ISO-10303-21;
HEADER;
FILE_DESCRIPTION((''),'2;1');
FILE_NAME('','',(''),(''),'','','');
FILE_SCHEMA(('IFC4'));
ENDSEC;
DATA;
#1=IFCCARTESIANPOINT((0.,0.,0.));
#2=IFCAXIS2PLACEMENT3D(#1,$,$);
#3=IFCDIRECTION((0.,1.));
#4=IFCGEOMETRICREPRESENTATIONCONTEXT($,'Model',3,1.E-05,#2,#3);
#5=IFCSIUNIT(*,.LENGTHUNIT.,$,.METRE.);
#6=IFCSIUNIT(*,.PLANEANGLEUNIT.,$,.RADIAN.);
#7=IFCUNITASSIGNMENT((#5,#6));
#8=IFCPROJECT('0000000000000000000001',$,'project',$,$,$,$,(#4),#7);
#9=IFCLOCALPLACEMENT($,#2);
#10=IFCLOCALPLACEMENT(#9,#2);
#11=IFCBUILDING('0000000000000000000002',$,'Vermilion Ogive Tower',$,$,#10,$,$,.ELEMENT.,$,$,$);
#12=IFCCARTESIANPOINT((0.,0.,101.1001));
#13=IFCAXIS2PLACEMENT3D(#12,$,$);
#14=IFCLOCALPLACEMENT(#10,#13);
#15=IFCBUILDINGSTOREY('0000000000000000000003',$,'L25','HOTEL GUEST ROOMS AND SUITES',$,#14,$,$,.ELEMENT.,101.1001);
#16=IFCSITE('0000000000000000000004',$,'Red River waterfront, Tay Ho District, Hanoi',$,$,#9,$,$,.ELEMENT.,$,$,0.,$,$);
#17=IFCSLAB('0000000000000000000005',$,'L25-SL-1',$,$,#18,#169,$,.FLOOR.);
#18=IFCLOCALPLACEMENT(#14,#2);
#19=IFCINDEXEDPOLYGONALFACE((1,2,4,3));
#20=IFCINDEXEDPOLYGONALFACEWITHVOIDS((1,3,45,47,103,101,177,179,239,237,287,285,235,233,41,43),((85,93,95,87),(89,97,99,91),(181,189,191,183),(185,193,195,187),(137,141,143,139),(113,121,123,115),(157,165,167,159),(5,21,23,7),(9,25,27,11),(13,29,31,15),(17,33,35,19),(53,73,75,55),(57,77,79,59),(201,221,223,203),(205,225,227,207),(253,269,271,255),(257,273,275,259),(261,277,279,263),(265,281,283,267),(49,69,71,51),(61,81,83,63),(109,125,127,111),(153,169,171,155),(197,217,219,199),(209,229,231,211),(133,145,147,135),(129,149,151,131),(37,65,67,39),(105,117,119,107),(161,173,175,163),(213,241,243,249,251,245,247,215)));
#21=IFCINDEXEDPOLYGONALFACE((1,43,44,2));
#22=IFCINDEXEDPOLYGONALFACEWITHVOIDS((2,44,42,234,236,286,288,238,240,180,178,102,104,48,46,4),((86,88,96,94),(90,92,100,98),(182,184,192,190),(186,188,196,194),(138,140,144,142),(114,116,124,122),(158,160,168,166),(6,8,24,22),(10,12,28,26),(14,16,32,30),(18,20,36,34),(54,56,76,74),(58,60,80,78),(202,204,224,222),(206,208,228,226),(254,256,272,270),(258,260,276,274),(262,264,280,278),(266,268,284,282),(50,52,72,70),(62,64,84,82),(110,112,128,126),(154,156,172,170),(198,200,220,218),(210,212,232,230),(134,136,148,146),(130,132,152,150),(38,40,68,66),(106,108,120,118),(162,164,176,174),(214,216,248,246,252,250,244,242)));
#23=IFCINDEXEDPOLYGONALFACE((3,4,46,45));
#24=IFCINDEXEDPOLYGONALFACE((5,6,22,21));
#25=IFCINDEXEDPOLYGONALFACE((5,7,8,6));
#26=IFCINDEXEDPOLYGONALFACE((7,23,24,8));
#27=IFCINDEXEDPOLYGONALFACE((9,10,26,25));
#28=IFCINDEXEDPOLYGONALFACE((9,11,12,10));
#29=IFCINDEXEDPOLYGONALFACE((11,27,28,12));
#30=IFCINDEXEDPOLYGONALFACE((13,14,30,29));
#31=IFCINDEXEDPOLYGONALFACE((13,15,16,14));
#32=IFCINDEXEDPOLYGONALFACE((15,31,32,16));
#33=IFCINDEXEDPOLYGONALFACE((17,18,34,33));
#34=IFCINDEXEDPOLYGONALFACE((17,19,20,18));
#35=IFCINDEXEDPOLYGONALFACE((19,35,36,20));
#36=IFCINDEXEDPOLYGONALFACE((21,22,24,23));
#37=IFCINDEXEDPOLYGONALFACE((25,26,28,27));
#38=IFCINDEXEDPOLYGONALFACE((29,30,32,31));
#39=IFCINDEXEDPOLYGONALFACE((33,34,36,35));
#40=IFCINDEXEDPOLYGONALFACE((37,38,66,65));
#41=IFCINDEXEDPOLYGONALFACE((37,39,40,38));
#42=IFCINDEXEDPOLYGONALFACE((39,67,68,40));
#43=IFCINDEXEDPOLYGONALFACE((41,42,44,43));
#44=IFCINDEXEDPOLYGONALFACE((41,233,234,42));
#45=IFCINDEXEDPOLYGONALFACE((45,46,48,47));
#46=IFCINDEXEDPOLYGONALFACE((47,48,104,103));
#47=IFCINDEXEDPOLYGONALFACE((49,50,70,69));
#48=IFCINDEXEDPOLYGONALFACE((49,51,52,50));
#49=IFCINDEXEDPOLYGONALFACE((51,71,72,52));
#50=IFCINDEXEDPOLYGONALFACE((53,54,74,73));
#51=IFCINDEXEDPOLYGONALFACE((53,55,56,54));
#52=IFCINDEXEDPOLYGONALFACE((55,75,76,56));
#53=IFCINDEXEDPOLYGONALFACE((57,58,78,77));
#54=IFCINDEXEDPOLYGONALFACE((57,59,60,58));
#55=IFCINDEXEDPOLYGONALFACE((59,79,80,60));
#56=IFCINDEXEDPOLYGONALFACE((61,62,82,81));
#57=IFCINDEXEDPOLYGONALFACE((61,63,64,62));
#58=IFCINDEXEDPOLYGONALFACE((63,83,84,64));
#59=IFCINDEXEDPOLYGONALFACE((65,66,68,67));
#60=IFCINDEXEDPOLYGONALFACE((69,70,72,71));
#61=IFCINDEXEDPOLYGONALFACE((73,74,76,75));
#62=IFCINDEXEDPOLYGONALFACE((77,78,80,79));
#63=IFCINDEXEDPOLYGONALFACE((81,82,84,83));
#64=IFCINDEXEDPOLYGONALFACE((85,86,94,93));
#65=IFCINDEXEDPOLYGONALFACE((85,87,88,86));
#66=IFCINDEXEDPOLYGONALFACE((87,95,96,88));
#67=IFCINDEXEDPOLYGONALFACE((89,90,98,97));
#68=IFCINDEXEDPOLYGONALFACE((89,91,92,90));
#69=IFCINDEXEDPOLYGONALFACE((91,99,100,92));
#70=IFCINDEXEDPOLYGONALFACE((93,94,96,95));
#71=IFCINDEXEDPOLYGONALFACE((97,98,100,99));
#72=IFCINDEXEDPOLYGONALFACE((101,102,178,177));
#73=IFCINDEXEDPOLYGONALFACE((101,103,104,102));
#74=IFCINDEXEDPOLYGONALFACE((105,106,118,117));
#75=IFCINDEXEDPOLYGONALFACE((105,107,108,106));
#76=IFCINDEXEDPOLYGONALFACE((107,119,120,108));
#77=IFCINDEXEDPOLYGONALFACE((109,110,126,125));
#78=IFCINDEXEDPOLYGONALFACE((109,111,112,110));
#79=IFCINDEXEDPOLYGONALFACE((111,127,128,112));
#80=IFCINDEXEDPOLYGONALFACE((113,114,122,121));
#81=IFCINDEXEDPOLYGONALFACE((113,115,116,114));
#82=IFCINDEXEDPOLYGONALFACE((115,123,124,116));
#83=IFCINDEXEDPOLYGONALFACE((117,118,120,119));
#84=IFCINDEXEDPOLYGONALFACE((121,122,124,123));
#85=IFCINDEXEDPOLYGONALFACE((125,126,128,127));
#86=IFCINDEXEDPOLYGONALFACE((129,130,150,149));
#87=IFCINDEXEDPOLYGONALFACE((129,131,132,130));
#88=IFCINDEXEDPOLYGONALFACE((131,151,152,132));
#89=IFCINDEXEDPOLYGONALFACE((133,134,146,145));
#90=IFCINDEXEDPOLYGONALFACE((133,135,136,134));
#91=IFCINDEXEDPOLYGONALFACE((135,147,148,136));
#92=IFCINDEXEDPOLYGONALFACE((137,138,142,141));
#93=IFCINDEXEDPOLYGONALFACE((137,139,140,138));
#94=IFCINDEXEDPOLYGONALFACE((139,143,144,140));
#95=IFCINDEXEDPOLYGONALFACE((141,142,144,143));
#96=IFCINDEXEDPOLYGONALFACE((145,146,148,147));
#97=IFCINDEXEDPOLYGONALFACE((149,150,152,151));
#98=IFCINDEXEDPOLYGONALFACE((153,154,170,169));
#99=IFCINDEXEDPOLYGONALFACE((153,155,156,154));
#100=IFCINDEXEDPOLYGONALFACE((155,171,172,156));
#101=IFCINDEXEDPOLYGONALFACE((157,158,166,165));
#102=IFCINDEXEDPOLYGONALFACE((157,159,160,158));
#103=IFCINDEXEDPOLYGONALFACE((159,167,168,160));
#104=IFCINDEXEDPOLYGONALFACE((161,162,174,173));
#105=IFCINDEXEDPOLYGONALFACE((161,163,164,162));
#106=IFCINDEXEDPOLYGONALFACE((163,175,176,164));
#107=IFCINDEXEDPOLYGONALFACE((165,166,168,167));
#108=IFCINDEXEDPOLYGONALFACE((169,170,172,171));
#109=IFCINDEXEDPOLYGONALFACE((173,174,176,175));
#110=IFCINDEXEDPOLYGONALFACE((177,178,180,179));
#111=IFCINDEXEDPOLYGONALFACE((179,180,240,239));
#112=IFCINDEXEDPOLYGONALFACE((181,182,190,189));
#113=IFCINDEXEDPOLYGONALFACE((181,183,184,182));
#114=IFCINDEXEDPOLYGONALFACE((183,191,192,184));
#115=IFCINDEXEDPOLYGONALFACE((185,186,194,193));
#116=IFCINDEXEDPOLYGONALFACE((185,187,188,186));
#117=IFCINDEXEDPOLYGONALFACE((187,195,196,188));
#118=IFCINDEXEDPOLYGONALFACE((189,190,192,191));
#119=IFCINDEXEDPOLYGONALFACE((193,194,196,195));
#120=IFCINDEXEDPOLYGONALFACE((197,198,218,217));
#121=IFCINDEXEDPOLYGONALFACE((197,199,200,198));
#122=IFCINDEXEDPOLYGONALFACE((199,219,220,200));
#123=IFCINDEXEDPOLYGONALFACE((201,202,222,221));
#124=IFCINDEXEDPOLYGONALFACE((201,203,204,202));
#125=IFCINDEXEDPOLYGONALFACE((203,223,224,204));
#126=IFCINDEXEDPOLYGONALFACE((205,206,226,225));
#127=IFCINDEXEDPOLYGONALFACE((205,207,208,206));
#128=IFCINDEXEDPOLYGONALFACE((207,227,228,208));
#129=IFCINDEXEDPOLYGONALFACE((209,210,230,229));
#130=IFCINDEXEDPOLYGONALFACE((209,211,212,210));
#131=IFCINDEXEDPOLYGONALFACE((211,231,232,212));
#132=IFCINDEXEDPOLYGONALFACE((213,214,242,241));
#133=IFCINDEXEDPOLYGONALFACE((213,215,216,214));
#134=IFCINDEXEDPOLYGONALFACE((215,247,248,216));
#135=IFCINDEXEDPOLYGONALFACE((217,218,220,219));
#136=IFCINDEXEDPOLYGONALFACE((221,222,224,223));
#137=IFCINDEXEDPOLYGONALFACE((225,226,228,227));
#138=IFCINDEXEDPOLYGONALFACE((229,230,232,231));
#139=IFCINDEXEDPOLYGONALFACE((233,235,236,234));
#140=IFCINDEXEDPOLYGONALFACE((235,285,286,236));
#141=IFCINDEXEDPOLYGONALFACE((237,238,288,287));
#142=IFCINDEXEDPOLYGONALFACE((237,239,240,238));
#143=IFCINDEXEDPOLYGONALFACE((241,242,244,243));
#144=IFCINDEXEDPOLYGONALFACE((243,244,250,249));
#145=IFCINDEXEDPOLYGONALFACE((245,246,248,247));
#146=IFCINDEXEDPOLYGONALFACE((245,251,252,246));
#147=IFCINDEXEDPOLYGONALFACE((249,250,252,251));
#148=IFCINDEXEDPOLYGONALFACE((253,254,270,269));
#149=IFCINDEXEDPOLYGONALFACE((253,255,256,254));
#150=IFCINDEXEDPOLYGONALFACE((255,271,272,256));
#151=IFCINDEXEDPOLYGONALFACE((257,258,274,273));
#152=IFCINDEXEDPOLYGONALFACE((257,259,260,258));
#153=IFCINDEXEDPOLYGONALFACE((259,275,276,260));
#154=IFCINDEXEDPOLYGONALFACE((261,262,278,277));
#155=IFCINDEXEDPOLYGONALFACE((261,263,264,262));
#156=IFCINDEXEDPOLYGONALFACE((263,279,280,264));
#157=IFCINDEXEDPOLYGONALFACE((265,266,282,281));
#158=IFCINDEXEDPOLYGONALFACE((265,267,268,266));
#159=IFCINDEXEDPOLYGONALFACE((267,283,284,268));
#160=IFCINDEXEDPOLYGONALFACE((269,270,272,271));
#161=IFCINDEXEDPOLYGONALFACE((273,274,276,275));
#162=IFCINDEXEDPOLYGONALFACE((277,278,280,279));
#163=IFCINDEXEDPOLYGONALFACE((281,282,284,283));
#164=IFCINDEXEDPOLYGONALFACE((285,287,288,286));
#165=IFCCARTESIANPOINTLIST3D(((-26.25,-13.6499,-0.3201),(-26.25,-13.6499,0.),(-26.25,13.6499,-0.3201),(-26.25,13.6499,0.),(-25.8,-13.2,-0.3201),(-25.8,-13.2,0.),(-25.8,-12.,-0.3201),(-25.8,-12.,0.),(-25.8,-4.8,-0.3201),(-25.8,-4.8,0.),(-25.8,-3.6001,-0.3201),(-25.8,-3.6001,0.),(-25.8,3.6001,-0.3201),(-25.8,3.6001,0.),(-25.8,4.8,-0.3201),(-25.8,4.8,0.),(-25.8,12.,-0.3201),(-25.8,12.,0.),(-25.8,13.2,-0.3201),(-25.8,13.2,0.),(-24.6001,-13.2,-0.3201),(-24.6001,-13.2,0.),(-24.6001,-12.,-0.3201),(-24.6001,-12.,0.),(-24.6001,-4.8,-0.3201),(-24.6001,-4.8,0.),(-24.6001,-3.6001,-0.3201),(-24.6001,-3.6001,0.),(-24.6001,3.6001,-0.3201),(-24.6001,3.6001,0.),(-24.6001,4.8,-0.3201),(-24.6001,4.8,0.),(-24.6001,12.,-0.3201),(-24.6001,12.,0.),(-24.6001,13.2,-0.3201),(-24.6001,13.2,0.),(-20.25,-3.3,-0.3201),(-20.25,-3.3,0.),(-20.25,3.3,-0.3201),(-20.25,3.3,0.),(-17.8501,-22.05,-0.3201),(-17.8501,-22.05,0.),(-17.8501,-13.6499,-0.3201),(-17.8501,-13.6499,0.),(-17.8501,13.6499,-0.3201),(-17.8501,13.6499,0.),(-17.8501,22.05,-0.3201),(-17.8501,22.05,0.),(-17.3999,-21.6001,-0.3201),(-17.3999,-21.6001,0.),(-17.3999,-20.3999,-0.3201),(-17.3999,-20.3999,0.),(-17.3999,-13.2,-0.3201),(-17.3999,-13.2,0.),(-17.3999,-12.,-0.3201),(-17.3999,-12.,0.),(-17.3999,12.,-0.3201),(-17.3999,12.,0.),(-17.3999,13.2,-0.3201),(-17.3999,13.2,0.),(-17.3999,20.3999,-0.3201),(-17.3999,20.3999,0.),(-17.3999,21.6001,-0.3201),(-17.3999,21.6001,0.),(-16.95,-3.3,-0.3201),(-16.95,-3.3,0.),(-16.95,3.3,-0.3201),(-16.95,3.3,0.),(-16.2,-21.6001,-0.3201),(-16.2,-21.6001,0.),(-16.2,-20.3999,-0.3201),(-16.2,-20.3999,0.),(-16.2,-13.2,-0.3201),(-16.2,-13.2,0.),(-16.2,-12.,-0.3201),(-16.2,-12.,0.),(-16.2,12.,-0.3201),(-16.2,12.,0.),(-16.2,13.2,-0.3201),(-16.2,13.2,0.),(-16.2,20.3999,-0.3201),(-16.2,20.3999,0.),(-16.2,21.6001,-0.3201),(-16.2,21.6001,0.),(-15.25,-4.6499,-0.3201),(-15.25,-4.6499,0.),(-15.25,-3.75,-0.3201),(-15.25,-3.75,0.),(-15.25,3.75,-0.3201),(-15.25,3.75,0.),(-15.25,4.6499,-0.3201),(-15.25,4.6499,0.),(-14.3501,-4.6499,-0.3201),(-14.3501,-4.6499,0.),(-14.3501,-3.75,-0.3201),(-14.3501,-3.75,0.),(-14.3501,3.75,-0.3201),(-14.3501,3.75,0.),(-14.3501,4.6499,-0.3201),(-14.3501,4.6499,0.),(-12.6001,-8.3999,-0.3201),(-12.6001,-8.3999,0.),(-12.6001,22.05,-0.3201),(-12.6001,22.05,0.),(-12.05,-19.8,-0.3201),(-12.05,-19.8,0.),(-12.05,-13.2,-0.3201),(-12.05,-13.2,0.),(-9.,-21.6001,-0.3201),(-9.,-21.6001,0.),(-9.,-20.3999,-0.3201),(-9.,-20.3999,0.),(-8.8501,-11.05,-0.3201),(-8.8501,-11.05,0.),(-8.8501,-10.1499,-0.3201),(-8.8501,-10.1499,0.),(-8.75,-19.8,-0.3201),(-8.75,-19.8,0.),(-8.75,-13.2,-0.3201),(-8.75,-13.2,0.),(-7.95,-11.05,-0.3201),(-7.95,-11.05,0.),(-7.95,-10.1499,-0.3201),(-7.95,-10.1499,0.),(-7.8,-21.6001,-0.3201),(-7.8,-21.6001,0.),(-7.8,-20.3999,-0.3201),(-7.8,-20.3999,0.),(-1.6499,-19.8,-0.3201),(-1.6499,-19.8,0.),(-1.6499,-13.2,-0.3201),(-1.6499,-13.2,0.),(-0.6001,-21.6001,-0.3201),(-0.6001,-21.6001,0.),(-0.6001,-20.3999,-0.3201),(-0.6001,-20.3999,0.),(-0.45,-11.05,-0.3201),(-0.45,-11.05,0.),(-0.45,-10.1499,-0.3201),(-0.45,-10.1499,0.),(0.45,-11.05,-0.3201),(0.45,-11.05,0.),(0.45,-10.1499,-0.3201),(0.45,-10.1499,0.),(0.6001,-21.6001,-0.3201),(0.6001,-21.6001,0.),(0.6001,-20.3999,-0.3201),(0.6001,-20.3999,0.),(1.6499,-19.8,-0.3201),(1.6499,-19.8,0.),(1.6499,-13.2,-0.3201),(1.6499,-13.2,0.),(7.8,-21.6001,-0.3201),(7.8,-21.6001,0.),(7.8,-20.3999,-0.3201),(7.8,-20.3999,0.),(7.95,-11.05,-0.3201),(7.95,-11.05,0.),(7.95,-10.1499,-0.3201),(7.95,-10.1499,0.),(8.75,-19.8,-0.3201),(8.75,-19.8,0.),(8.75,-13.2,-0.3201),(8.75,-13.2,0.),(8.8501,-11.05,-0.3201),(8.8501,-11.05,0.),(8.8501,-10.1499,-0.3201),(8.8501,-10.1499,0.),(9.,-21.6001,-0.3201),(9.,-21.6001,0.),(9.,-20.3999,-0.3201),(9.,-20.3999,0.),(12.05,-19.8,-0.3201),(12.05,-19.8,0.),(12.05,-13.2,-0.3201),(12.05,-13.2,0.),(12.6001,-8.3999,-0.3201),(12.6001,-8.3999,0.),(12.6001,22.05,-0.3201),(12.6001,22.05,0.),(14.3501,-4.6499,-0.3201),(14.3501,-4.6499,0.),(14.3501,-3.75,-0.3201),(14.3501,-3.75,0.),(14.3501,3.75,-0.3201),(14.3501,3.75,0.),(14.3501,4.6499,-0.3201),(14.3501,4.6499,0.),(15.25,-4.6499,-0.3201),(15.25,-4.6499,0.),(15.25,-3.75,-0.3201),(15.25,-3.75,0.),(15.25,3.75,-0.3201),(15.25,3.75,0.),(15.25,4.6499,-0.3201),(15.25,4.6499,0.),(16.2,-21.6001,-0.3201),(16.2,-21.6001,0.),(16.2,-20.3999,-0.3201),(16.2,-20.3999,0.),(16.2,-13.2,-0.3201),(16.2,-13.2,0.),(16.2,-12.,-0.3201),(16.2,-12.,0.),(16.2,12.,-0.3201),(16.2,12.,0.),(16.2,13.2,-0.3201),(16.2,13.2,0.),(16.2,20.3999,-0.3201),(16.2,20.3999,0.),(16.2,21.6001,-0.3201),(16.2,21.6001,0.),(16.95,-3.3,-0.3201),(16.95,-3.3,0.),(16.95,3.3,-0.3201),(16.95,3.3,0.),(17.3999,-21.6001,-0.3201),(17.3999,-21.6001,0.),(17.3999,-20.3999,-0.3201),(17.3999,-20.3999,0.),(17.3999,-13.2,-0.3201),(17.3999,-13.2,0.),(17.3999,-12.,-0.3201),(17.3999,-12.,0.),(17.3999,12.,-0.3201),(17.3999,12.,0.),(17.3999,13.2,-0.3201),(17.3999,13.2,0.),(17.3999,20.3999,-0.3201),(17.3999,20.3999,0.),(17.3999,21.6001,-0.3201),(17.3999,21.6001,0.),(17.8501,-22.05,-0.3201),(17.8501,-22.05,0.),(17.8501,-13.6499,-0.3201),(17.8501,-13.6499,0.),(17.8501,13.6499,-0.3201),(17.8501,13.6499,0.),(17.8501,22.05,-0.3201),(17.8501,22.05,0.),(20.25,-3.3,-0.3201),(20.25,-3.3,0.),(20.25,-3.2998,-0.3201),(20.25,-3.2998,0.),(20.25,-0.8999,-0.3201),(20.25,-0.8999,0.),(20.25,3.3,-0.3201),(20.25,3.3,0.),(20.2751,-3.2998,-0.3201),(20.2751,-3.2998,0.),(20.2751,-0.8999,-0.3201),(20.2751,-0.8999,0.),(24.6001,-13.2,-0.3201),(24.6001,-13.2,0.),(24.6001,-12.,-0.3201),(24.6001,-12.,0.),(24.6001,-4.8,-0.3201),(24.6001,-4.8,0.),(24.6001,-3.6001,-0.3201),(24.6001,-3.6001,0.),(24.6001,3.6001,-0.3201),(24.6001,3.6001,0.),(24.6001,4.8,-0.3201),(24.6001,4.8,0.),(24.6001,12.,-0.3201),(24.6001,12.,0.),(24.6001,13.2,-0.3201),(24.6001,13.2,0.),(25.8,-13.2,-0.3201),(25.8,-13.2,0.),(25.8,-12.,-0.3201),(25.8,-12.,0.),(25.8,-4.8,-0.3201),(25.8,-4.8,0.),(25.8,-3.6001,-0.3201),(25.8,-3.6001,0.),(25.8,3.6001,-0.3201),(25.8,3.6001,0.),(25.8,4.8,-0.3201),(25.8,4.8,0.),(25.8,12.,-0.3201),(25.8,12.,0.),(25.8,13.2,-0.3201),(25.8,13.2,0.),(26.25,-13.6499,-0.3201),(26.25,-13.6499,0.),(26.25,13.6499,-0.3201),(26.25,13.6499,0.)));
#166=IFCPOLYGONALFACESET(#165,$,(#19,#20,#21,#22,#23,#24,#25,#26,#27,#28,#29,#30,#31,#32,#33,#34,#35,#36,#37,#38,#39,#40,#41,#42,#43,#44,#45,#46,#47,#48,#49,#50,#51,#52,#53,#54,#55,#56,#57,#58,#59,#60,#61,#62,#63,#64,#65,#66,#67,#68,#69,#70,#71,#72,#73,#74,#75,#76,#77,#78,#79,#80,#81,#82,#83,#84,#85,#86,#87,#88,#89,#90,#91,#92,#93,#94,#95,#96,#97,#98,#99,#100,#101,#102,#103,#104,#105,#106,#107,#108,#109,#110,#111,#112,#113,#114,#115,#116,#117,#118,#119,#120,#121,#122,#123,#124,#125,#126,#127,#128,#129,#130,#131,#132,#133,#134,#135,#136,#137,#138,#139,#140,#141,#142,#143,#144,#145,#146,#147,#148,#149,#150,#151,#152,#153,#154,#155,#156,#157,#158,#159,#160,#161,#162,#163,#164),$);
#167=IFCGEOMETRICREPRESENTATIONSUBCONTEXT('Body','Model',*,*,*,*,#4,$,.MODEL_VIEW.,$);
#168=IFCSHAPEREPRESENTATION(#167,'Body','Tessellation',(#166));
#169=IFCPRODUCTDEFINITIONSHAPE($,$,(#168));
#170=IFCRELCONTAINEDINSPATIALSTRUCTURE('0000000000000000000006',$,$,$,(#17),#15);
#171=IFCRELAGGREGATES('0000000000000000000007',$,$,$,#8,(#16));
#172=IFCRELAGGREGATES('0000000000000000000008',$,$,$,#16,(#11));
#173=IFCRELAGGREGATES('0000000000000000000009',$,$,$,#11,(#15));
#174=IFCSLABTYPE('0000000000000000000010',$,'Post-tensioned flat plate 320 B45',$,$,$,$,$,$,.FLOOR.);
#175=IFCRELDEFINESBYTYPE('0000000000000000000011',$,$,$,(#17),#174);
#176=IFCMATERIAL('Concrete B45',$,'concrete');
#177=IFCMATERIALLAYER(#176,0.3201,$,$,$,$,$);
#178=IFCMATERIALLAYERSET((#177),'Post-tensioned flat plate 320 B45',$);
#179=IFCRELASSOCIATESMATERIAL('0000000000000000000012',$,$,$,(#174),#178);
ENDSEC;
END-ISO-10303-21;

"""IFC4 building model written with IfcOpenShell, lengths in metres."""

from ifc_helpers import new_model, si_unit, direction, frame, origin, place, context, subcontext, project, spatial, polyline, outline, extrude, material, layer, layer_set, type_object, element, save


model = new_model("IFC4")

# Units and contexts
model_context = context("Model", 3, precision=1e-05, world=origin(), true_north=direction((0.0, 1.0)))
body_context = subcontext(model_context, "Body", "Model", "MODEL_VIEW")
ifc_project = project(units=[si_unit("LENGTHUNIT", "METRE"), si_unit("PLANEANGLEUNIT", "RADIAN")], contexts=[model_context])

# Site, building, storey
site_placement = place(None, origin())
site = spatial("IfcSite", under=ifc_project, at=site_placement, Name="Red River waterfront, Tay Ho District, Hanoi", CompositionType="ELEMENT", RefElevation=0.0)
building_placement = place(site_placement, origin())
building = spatial("IfcBuilding", under=site, at=building_placement, Name="Vermilion Ogive Tower", CompositionType="ELEMENT")
storey_placement = place(building_placement, frame((0.0, 0.0, 101.1001)))
storey = spatial("IfcBuildingStorey", under=building, at=storey_placement, Name="L25", Description="HOTEL GUEST ROOMS AND SUITES", CompositionType="ELEMENT", Elevation=101.1001)

# Slab
ifc_material_1 = material(Name="Concrete B45", Category="concrete")
ifc_layer_1 = layer(ifc_material_1, 0.3201)
ifc_layer_set_1 = layer_set([ifc_layer_1], Name="Post-tensioned flat plate 320 B45")
slab_type = type_object("IfcSlabType", Name="Post-tensioned flat plate 320 B45", PredefinedType="FLOOR", material=ifc_layer_set_1)
slab_placement = place(storey_placement, frame((0.0, 0.0, -0.3201)))
element("IfcSlab", 1, at=slab_placement, inside=storey, type_object=slab_type, Name="L25-SL-1", PredefinedType="FLOOR", context=body_context, shape_type="SweptSolid", body=[
    extrude(outline(polyline([(-26.25, -13.6499), (-17.8501, -13.6499), (-17.8501, -22.05), (17.8501, -22.05), (17.8501, -13.6499), (26.25, -13.6499), (26.25, 13.6499), (17.8501, 13.6499), (17.8501, 22.05), (12.6001, 22.05), (12.6001, -8.3999), (-12.6001, -8.3999), (-12.6001, 22.05), (-17.8501, 22.05), (-17.8501, 13.6499), (-26.25, 13.6499), (-26.25, -13.6499)]), holes=[polyline([(25.8, -3.6001), (25.8, -4.8), (24.6001, -4.8), (24.6001, -3.6001), (25.8, -3.6001)]), polyline([(25.8, -12.0), (25.8, -13.2), (24.6001, -13.2), (24.6001, -12.0), (25.8, -12.0)]), polyline([(25.8, 12.0), (24.6001, 12.0), (24.6001, 13.2), (25.8, 13.2), (25.8, 12.0)]), polyline([(25.8, 3.6001), (24.6001, 3.6001), (24.6001, 4.8), (25.8, 4.8), (25.8, 3.6001)]), polyline([(20.25, -3.2998), (20.25, -3.3), (16.95, -3.3), (16.95, 3.3), (20.25, 3.3), (20.25, -0.8999), (20.2751, -0.8999), (20.2751, -3.2998), (20.25, -3.2998)]), polyline([(17.3999, -12.0), (17.3999, -13.2), (16.2, -13.2), (16.2, -12.0), (17.3999, -12.0)]), polyline([(17.3999, 20.3999), (16.2, 20.3999), (16.2, 21.6001), (17.3999, 21.6001), (17.3999, 20.3999)]), polyline([(17.3999, -20.3999), (17.3999, -21.6001), (16.2, -21.6001), (16.2, -20.3999), (17.3999, -20.3999)]), polyline([(17.3999, 13.2), (17.3999, 12.0), (16.2, 12.0), (16.2, 13.2), (17.3999, 13.2)]), polyline([(15.25, 4.6499), (15.25, 3.75), (14.3501, 3.75), (14.3501, 4.6499), (15.25, 4.6499)]), polyline([(15.25, -4.6499), (14.3501, -4.6499), (14.3501, -3.75), (15.25, -3.75), (15.25, -4.6499)]), polyline([(12.05, -13.2), (12.05, -19.8), (8.75, -19.8), (8.75, -13.2), (12.05, -13.2)]), polyline([(9.0, -20.3999), (9.0, -21.6001), (7.8, -21.6001), (7.8, -20.3999), (9.0, -20.3999)]), polyline([(8.8501, -11.05), (7.95, -11.05), (7.95, -10.1499), (8.8501, -10.1499), (8.8501, -11.05)]), polyline([(1.6499, -13.2), (1.6499, -19.8), (-1.6499, -19.8), (-1.6499, -13.2), (1.6499, -13.2)]), polyline([(0.6001, -20.3999), (0.6001, -21.6001), (-0.6001, -21.6001), (-0.6001, -20.3999), (0.6001, -20.3999)]), polyline([(0.45, -10.1499), (0.45, -11.05), (-0.45, -11.05), (-0.45, -10.1499), (0.45, -10.1499)]), polyline([(-7.8, -20.3999), (-7.8, -21.6001), (-9.0, -21.6001), (-9.0, -20.3999), (-7.8, -20.3999)]), polyline([(-7.95, -10.1499), (-7.95, -11.05), (-8.8501, -11.05), (-8.8501, -10.1499), (-7.95, -10.1499)]), polyline([(-8.75, -13.2), (-8.75, -19.8), (-12.05, -19.8), (-12.05, -13.2), (-8.75, -13.2)]), polyline([(-14.3501, 4.6499), (-14.3501, 3.75), (-15.25, 3.75), (-15.25, 4.6499), (-14.3501, 4.6499)]), polyline([(-14.3501, -4.6499), (-15.25, -4.6499), (-15.25, -3.75), (-14.3501, -3.75), (-14.3501, -4.6499)]), polyline([(-16.2, 13.2), (-16.2, 12.0), (-17.3999, 12.0), (-17.3999, 13.2), (-16.2, 13.2)]), polyline([(-16.2, -12.0), (-16.2, -13.2), (-17.3999, -13.2), (-17.3999, -12.0), (-16.2, -12.0)]), polyline([(-16.2, -20.3999), (-16.2, -21.6001), (-17.3999, -21.6001), (-17.3999, -20.3999), (-16.2, -20.3999)]), polyline([(-16.2, 20.3999), (-17.3999, 20.3999), (-17.3999, 21.6001), (-16.2, 21.6001), (-16.2, 20.3999)]), polyline([(-16.95, 3.3), (-16.95, -3.3), (-20.25, -3.3), (-20.25, 3.3), (-16.95, 3.3)]), polyline([(-24.6001, 3.6001), (-25.8, 3.6001), (-25.8, 4.8), (-24.6001, 4.8), (-24.6001, 3.6001)]), polyline([(-24.6001, 13.2), (-24.6001, 12.0), (-25.8, 12.0), (-25.8, 13.2), (-24.6001, 13.2)]), polyline([(-24.6001, -3.6001), (-24.6001, -4.8), (-25.8, -4.8), (-25.8, -3.6001), (-24.6001, -3.6001)]), polyline([(-24.6001, -12.0), (-24.6001, -13.2), (-25.8, -13.2), (-25.8, -12.0), (-24.6001, -12.0)])]), origin(), (0.0, 0.0, 1.0), 0.3201),
])

save(model, "model.ifc")
